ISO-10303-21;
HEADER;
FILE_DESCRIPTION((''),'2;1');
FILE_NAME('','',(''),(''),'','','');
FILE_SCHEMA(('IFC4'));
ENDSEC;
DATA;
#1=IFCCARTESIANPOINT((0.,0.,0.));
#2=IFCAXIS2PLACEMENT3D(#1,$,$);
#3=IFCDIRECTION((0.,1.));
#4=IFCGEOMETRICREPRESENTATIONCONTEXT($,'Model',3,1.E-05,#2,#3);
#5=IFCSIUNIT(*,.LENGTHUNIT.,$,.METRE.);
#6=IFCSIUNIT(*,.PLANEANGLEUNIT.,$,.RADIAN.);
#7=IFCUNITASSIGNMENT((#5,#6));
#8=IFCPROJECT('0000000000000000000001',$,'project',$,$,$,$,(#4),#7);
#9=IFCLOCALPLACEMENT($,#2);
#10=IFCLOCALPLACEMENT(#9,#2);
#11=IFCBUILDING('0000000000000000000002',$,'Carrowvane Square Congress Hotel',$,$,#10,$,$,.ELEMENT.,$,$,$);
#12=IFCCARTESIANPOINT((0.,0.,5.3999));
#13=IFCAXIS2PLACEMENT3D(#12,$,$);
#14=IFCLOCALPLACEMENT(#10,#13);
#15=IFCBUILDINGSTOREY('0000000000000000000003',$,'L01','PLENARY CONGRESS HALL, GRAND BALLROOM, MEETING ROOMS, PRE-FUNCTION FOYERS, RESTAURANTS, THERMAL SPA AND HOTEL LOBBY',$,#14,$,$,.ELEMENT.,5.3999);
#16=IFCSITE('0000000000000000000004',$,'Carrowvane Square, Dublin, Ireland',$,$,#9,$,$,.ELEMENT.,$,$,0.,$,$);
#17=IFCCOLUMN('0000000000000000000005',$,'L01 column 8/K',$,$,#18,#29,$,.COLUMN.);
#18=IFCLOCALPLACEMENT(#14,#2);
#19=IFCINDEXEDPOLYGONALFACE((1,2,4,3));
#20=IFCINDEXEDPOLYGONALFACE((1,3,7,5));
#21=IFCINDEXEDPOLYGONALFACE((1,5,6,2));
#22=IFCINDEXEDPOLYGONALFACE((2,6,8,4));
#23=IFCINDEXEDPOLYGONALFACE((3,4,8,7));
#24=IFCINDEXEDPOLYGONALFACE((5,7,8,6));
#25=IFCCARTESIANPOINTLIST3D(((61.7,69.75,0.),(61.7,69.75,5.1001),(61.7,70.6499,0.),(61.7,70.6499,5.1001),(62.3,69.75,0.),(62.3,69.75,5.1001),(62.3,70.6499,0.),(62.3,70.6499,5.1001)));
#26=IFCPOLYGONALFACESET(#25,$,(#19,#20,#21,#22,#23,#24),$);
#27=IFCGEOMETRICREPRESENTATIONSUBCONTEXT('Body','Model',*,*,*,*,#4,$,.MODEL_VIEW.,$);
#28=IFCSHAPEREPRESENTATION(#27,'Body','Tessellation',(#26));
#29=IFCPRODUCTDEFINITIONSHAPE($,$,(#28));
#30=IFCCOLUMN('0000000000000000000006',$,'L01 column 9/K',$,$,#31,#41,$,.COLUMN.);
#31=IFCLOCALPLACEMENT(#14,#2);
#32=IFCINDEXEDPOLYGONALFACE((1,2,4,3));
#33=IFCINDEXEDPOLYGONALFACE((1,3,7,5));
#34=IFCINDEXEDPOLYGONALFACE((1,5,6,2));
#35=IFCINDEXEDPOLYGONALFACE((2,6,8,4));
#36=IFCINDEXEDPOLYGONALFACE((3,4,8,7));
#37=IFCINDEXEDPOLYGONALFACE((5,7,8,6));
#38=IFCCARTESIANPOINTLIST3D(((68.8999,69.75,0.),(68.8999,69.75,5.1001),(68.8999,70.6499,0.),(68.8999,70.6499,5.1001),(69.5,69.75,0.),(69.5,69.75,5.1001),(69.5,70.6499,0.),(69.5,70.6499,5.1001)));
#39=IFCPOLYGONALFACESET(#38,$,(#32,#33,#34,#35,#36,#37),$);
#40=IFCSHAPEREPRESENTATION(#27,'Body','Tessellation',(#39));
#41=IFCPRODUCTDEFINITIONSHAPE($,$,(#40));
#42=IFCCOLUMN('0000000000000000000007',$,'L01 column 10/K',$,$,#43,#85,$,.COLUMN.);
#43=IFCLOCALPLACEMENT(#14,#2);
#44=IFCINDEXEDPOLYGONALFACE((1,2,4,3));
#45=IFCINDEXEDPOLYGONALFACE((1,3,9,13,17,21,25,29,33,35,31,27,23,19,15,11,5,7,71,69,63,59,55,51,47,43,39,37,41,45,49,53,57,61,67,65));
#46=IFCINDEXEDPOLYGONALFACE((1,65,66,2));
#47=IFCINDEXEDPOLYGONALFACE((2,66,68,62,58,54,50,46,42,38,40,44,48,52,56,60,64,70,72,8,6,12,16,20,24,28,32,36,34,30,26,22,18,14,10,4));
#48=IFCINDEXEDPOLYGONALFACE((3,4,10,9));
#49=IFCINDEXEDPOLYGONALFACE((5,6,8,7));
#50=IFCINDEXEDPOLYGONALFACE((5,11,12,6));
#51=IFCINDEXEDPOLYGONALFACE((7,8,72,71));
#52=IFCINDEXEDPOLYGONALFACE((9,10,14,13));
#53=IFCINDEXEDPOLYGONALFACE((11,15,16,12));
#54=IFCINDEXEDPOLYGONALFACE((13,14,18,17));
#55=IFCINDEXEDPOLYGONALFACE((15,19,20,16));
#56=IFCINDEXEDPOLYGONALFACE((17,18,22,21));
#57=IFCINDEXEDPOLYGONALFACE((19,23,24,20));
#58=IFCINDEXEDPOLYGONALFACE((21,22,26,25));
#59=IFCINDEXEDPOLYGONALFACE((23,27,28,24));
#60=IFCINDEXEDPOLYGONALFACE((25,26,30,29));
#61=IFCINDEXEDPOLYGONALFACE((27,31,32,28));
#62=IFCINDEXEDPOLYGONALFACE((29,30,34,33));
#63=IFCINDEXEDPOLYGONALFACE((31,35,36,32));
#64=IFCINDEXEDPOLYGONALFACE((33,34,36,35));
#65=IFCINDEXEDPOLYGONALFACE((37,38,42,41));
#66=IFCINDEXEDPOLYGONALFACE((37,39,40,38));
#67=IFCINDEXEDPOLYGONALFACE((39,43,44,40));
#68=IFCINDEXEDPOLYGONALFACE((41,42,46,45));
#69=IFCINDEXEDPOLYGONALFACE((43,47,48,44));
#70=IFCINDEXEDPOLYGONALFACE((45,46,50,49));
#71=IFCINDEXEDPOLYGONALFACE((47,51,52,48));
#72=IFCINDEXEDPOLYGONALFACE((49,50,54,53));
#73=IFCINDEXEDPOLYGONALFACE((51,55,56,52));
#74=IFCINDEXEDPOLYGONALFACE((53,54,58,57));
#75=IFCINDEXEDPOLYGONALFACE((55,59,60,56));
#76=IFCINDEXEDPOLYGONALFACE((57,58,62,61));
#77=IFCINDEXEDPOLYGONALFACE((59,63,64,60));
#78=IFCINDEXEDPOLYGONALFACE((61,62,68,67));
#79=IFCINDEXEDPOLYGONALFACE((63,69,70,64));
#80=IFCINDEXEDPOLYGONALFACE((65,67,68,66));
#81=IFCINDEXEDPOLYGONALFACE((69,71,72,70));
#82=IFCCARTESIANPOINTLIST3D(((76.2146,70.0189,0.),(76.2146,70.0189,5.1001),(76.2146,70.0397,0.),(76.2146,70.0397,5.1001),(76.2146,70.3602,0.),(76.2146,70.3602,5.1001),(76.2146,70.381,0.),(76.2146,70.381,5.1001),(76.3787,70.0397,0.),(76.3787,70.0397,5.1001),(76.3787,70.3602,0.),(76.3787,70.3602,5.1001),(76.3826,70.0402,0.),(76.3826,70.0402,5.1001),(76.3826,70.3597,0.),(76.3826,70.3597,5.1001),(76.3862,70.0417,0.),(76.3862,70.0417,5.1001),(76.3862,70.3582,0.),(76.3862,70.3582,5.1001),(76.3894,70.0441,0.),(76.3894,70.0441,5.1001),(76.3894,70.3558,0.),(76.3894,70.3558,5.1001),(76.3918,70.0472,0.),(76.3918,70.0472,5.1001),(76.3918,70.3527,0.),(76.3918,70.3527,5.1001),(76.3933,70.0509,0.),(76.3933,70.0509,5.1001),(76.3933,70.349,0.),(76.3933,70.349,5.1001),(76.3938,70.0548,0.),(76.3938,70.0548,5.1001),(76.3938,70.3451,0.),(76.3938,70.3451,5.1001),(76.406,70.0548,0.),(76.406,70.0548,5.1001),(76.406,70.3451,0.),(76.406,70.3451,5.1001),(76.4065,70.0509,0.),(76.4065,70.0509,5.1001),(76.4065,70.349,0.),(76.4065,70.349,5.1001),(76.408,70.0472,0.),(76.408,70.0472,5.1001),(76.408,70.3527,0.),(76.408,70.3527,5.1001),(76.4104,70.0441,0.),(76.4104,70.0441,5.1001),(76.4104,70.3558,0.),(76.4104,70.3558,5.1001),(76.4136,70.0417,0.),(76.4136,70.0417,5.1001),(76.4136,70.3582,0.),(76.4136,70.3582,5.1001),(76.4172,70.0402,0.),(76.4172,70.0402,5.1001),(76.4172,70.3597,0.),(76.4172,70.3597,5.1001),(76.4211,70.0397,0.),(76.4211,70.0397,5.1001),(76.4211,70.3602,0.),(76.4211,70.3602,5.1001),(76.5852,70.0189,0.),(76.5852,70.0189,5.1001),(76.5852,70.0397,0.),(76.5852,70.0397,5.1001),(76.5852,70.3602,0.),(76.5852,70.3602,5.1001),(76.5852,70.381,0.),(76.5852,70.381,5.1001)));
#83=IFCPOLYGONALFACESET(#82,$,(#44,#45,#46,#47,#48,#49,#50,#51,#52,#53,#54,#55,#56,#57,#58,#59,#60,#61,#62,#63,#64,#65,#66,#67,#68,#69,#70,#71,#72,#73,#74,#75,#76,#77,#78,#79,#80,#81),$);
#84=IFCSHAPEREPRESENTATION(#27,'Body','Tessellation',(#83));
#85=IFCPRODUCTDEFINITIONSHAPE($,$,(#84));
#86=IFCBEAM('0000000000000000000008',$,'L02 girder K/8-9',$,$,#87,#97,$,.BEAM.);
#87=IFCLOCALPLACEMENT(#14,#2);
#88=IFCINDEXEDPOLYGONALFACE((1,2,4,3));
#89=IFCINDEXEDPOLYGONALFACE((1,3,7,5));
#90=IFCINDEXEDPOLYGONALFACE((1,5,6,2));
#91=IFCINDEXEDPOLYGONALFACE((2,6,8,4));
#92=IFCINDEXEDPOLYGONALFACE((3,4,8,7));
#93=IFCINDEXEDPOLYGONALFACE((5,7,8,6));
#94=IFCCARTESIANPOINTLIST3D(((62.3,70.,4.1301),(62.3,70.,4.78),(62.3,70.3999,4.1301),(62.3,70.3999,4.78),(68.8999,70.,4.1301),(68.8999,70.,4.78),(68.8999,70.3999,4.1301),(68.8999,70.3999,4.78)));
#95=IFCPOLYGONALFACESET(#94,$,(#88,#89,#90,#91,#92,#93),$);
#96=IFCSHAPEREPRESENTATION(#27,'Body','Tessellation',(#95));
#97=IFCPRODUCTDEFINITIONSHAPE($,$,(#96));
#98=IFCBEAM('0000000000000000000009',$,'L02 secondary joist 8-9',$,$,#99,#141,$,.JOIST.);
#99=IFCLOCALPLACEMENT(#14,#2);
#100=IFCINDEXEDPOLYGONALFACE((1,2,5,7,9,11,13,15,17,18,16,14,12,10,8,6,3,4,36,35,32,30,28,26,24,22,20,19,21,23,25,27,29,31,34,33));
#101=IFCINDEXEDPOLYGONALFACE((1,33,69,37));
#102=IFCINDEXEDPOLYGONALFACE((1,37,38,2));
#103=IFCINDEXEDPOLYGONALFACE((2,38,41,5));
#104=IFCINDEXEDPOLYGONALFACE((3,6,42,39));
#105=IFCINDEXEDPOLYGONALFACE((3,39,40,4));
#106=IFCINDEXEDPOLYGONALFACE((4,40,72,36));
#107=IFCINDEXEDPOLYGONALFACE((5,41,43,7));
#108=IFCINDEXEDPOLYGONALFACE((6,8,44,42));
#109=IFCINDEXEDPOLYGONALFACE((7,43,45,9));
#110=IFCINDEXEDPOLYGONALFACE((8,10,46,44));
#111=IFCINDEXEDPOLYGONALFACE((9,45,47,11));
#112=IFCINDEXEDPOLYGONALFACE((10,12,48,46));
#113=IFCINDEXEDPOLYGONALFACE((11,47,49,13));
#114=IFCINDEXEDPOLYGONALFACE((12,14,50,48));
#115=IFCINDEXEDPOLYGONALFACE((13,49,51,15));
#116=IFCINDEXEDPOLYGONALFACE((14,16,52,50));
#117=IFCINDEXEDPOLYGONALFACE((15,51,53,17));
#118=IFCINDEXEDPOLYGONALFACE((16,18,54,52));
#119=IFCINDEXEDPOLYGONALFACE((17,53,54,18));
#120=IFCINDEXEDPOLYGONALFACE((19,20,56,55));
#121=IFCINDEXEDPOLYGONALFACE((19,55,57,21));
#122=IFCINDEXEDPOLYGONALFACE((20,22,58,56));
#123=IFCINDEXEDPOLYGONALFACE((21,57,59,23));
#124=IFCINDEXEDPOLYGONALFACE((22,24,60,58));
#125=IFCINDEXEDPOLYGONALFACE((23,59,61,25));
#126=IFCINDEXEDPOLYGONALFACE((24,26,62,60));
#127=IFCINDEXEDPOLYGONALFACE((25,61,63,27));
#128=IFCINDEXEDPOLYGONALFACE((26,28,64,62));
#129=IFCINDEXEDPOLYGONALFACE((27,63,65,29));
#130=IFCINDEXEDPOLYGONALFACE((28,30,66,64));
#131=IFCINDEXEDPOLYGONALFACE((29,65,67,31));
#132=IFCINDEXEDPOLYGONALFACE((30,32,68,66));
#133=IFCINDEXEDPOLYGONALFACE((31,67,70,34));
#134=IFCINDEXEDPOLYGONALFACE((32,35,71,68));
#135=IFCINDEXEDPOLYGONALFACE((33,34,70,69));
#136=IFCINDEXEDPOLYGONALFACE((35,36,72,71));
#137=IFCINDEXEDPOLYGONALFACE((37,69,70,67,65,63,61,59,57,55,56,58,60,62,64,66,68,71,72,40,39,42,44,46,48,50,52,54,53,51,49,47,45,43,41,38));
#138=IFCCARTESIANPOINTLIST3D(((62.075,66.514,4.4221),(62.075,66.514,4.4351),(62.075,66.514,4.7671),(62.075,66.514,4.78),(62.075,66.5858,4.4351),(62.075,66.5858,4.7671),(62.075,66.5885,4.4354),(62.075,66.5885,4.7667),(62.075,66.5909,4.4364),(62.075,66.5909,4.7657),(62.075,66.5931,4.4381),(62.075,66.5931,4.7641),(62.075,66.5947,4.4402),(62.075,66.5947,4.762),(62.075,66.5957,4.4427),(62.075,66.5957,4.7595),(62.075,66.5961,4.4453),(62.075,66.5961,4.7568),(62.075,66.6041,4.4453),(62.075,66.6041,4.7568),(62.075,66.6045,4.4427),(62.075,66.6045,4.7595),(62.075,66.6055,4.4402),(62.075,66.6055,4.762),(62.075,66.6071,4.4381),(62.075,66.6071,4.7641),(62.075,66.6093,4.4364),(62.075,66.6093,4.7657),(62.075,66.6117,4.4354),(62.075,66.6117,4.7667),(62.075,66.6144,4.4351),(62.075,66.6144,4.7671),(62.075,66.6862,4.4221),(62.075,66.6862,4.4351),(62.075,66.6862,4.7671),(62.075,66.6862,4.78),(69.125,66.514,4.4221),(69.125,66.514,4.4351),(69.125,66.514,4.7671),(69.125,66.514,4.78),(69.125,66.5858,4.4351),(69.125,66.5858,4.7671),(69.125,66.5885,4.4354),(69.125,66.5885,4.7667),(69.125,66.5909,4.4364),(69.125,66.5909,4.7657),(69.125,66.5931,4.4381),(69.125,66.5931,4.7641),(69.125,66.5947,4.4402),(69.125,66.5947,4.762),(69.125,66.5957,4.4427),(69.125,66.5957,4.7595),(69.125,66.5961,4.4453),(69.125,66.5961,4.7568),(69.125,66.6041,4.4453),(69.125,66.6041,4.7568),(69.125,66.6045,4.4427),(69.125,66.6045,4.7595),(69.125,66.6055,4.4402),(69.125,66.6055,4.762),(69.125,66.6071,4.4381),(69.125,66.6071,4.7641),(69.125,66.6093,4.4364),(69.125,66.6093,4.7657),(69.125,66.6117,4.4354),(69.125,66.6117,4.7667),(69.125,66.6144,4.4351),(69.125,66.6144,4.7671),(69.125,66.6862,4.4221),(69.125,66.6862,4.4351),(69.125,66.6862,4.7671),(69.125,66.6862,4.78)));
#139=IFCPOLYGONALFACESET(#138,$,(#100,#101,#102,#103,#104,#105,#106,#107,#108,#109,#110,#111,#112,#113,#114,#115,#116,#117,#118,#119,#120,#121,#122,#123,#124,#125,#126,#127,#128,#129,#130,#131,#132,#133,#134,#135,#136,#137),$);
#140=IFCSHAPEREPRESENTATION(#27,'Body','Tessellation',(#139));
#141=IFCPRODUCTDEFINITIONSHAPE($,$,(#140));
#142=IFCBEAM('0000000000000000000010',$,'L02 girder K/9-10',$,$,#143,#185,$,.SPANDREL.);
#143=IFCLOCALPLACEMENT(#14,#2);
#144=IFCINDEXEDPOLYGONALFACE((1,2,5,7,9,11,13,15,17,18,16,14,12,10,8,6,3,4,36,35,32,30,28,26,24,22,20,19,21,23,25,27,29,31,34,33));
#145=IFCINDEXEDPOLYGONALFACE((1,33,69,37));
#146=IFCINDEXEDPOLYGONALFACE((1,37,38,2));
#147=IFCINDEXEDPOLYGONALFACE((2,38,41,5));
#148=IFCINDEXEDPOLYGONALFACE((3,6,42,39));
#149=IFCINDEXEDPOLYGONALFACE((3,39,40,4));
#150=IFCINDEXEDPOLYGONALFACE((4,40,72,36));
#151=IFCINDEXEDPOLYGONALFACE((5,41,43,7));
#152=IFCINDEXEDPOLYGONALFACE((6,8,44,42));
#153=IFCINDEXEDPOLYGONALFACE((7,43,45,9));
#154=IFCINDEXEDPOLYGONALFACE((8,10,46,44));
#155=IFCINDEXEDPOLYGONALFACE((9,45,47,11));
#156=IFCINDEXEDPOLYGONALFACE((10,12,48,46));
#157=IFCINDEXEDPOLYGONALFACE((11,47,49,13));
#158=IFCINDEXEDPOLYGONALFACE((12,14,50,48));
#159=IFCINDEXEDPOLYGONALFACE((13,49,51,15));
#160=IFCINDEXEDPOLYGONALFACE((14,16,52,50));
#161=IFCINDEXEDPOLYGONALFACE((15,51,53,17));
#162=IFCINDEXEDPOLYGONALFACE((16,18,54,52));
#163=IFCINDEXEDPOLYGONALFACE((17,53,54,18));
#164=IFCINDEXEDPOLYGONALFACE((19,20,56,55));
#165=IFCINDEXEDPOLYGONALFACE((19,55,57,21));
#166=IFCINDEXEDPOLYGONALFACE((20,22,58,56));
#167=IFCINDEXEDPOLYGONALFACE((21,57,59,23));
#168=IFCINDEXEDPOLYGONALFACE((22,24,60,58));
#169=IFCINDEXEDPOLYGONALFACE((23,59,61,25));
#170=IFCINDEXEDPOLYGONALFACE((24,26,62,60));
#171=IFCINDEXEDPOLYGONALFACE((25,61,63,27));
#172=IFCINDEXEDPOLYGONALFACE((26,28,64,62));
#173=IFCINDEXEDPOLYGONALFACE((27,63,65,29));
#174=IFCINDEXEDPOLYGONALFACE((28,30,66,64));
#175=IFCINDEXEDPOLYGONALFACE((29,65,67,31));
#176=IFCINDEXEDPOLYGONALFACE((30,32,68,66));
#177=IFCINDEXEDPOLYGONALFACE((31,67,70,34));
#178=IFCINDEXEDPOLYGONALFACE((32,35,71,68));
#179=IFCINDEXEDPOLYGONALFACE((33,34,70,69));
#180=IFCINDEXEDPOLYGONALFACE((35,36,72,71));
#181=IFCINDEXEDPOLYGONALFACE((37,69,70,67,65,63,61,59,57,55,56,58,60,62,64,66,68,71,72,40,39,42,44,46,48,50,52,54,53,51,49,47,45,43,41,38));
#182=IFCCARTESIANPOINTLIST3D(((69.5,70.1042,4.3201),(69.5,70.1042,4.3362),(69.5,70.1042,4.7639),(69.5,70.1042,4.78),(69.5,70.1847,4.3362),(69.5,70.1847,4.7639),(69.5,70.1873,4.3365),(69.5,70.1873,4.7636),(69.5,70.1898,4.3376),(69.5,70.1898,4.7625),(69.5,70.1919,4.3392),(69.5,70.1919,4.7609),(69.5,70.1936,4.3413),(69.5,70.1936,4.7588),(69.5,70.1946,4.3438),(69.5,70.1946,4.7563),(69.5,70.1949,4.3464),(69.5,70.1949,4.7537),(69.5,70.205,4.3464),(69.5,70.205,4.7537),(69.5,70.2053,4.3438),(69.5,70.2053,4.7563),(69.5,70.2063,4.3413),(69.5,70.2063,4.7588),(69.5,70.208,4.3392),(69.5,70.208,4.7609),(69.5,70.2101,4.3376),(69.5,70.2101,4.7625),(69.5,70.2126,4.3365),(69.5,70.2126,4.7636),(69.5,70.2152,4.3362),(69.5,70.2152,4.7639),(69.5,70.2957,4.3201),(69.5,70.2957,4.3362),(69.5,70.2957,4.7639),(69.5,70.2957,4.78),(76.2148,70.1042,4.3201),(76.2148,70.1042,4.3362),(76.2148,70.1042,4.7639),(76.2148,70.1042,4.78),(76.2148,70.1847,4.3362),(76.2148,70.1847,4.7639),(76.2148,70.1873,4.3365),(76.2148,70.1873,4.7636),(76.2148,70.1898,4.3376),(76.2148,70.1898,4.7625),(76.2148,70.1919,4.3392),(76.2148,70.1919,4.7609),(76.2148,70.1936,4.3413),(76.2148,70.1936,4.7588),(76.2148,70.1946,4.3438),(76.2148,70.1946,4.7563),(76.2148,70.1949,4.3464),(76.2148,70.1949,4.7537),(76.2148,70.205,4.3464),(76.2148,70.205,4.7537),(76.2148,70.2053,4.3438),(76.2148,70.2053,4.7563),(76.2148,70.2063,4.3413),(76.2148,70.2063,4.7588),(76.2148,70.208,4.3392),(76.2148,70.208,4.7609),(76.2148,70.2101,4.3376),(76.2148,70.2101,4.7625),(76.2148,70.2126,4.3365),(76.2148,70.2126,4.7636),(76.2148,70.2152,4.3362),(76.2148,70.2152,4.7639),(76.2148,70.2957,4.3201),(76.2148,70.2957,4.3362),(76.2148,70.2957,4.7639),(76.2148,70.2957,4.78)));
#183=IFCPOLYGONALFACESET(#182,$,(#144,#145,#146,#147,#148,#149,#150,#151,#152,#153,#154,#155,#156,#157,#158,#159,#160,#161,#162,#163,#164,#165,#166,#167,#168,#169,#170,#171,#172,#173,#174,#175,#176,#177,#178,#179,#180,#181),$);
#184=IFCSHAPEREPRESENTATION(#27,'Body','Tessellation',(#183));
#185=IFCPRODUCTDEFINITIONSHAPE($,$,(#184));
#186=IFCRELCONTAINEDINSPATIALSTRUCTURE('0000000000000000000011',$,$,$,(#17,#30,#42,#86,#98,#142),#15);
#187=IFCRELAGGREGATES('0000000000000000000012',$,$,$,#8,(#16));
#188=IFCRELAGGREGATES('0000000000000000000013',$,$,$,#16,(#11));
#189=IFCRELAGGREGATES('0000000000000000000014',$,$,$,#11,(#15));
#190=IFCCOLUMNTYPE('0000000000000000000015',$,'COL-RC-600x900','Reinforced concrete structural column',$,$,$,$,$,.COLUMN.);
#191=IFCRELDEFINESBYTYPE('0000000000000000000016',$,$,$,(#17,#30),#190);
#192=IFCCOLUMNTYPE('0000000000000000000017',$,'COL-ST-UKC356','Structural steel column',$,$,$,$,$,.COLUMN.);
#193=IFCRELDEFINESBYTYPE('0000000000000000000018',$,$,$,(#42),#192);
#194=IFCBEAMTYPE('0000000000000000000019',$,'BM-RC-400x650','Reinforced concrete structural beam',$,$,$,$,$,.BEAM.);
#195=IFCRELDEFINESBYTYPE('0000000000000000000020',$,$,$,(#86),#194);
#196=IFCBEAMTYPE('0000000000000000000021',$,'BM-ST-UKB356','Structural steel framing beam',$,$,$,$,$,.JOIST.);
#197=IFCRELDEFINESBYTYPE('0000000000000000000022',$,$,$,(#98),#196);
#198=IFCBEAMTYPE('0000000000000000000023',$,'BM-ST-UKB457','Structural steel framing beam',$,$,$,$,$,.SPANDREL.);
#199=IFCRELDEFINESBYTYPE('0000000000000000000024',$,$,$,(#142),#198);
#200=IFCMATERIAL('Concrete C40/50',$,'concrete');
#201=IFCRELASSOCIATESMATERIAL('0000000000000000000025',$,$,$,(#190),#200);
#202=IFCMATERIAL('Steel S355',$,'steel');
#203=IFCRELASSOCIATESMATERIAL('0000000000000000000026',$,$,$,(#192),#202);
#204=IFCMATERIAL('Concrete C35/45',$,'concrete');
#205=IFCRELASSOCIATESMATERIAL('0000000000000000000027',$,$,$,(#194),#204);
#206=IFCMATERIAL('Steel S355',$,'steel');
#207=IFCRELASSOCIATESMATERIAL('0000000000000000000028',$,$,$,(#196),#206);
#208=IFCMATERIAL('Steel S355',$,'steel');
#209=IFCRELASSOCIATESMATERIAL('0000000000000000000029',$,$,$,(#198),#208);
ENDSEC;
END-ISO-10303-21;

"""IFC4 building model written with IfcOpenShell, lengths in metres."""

from ifc_helpers import new_model, si_unit, direction, frame, origin, origin_2d, place, context, subcontext, project, spatial, rectangle, i_section, extrude, material, material_profile, profile_set, type_object, element, save


model = new_model("IFC4")

# Units and contexts
model_context = context("Model", 3, precision=1e-05, world=origin(), true_north=direction((0.0, 1.0)))
body_context = subcontext(model_context, "Body", "Model", "MODEL_VIEW")
ifc_project = project(units=[si_unit("LENGTHUNIT", "METRE"), si_unit("PLANEANGLEUNIT", "RADIAN")], contexts=[model_context])

# Site, building, storey
site_placement = place(None, origin())
site = spatial("IfcSite", under=ifc_project, at=site_placement, Name="Carrowvane Square, Dublin, Ireland", CompositionType="ELEMENT", RefElevation=0.0)
building_placement = place(site_placement, origin())
building = spatial("IfcBuilding", under=site, at=building_placement, Name="Carrowvane Square Congress Hotel", CompositionType="ELEMENT")
storey_placement = place(building_placement, frame((0.0, 0.0, 5.3999)))
storey = spatial("IfcBuildingStorey", under=building, at=storey_placement, Name="L01", Description="PLENARY CONGRESS HALL, GRAND BALLROOM, MEETING ROOMS, PRE-FUNCTION FOYERS, RESTAURANTS, THERMAL SPA AND HOTEL LOBBY", CompositionType="ELEMENT", Elevation=5.3999)

# Columns
ifc_material_1 = material(Name="Concrete C40/50", Category="concrete")
ifc_material_profile_1 = material_profile(ifc_material_1, rectangle(XDim=0.6001, YDim=0.8999, at=origin_2d()), Name="RC 600x900")
ifc_profile_set_1 = profile_set([ifc_material_profile_1], Name="Concrete C40/50")
column_type_1 = type_object("IfcColumnType", Name="COL-RC-600x900", Description="Reinforced concrete structural column", PredefinedType="COLUMN", material=ifc_profile_set_1)
for number, where, z_axis, x_axis, name in (
    (1, (62.0, 70.2, 0.0), (0.0, 0.0, 1.0), (1.0, 0.0, 0.0), "L01 column 8/K"),
    (2, (69.2, 70.2, 0.0), (0.0, 0.0, 1.0), (1.0, 0.0, 0.0), "L01 column 9/K"),
):
    element("IfcColumn", number, at=place(storey_placement, frame(where, z_axis=z_axis, x_axis=x_axis)), inside=storey, type_object=column_type_1, Name=name, PredefinedType="COLUMN", context=body_context, shape_type="SweptSolid", body=[
        extrude(rectangle(XDim=0.6001, YDim=0.8999, at=origin_2d()), origin(), (0.0, 0.0, 1.0), 5.1001),
    ])
ifc_material_2 = material(Name="Steel S355", Category="steel")
ifc_material_profile_2 = material_profile(ifc_material_2, i_section(OverallWidth=0.3706, OverallDepth=0.3621, WebThickness=0.0122, FlangeThickness=0.0208, FilletRadius=0.0151, at=origin_2d()), Name="UKC 356x368x153")
ifc_profile_set_2 = profile_set([ifc_material_profile_2], Name="Steel S355")
column_type_2 = type_object("IfcColumnType", Name="COL-ST-UKC356", Description="Structural steel column", PredefinedType="COLUMN", material=ifc_profile_set_2)
column_placement = place(storey_placement, frame((76.3999, 70.2, 0.0), z_axis=(0.0, 0.0, 1.0), x_axis=(1.0, 0.0, 0.0)))
element("IfcColumn", 3, at=column_placement, inside=storey, type_object=column_type_2, Name="L01 column 10/K", PredefinedType="COLUMN", context=body_context, shape_type="SweptSolid", body=[
    extrude(i_section(OverallWidth=0.3706, OverallDepth=0.3621, WebThickness=0.0122, FlangeThickness=0.0208, FilletRadius=0.0151, at=origin_2d()), origin(), (0.0, 0.0, 1.0), 5.1001),
])

# Beams
ifc_material_3 = material(Name="Concrete C35/45", Category="concrete")
ifc_material_profile_3 = material_profile(ifc_material_3, rectangle(XDim=0.3999, YDim=0.6499, at=origin_2d()), Name="RC 400x650")
ifc_profile_set_3 = profile_set([ifc_material_profile_3], Name="Concrete C35/45")
beam_type_1 = type_object("IfcBeamType", Name="BM-RC-400x650", Description="Reinforced concrete structural beam", PredefinedType="BEAM", material=ifc_profile_set_3)
beam_1_placement = place(storey_placement, frame((62.3, 70.2, 4.4551), z_axis=(1.0, 0.0, 0.0), x_axis=(0.0, 1.0, 0.0)))
element("IfcBeam", 4, at=beam_1_placement, inside=storey, type_object=beam_type_1, Name="L02 girder K/8-9", PredefinedType="BEAM", context=body_context, shape_type="SweptSolid", body=[
    extrude(rectangle(XDim=0.3999, YDim=0.6499, at=origin_2d()), origin(), (0.0, 0.0, 1.0), 6.5999),
])
ifc_material_4 = material(Name="Steel S355", Category="steel")
ifc_material_profile_4 = material_profile(ifc_material_4, i_section(OverallWidth=0.1721, OverallDepth=0.3579, WebThickness=0.0081, FlangeThickness=0.0129, FilletRadius=0.0103, at=origin_2d()), Name="UKB 356x171x57")
ifc_profile_set_4 = profile_set([ifc_material_profile_4], Name="Steel S355")
beam_type_2 = type_object("IfcBeamType", Name="BM-ST-UKB356", Description="Structural steel framing beam", PredefinedType="JOIST", material=ifc_profile_set_4)
beam_2_placement = place(storey_placement, frame((62.075, 66.6001, 4.6011), z_axis=(1.0, 0.0, 0.0), x_axis=(0.0, 1.0, 0.0)))
element("IfcBeam", 5, at=beam_2_placement, inside=storey, type_object=beam_type_2, Name="L02 secondary joist 8-9", PredefinedType="JOIST", context=body_context, shape_type="SweptSolid", body=[
    extrude(i_section(OverallWidth=0.1721, OverallDepth=0.3579, WebThickness=0.0081, FlangeThickness=0.0129, FilletRadius=0.0103, at=origin_2d()), origin(), (0.0, 0.0, 1.0), 7.05),
])
ifc_material_5 = material(Name="Steel S355", Category="steel")
ifc_material_profile_5 = material_profile(ifc_material_5, i_section(OverallWidth=0.1914, OverallDepth=0.46, WebThickness=0.01, FlangeThickness=0.0161, FilletRadius=0.0103, at=origin_2d()), Name="UKB 457x191x82")
ifc_profile_set_5 = profile_set([ifc_material_profile_5], Name="Steel S355")
beam_type_3 = type_object("IfcBeamType", Name="BM-ST-UKB457", Description="Structural steel framing beam", PredefinedType="SPANDREL", material=ifc_profile_set_5)
beam_3_placement = place(storey_placement, frame((69.5, 70.2, 4.55), z_axis=(1.0, 0.0, 0.0), x_axis=(0.0, 1.0, 0.0)))
element("IfcBeam", 6, at=beam_3_placement, inside=storey, type_object=beam_type_3, Name="L02 girder K/9-10", PredefinedType="SPANDREL", context=body_context, shape_type="SweptSolid", body=[
    extrude(i_section(OverallWidth=0.1914, OverallDepth=0.46, WebThickness=0.01, FlangeThickness=0.0161, FilletRadius=0.0103, at=origin_2d()), origin(), (0.0, 0.0, 1.0), 6.7148),
])

save(model, "model.ifc")
